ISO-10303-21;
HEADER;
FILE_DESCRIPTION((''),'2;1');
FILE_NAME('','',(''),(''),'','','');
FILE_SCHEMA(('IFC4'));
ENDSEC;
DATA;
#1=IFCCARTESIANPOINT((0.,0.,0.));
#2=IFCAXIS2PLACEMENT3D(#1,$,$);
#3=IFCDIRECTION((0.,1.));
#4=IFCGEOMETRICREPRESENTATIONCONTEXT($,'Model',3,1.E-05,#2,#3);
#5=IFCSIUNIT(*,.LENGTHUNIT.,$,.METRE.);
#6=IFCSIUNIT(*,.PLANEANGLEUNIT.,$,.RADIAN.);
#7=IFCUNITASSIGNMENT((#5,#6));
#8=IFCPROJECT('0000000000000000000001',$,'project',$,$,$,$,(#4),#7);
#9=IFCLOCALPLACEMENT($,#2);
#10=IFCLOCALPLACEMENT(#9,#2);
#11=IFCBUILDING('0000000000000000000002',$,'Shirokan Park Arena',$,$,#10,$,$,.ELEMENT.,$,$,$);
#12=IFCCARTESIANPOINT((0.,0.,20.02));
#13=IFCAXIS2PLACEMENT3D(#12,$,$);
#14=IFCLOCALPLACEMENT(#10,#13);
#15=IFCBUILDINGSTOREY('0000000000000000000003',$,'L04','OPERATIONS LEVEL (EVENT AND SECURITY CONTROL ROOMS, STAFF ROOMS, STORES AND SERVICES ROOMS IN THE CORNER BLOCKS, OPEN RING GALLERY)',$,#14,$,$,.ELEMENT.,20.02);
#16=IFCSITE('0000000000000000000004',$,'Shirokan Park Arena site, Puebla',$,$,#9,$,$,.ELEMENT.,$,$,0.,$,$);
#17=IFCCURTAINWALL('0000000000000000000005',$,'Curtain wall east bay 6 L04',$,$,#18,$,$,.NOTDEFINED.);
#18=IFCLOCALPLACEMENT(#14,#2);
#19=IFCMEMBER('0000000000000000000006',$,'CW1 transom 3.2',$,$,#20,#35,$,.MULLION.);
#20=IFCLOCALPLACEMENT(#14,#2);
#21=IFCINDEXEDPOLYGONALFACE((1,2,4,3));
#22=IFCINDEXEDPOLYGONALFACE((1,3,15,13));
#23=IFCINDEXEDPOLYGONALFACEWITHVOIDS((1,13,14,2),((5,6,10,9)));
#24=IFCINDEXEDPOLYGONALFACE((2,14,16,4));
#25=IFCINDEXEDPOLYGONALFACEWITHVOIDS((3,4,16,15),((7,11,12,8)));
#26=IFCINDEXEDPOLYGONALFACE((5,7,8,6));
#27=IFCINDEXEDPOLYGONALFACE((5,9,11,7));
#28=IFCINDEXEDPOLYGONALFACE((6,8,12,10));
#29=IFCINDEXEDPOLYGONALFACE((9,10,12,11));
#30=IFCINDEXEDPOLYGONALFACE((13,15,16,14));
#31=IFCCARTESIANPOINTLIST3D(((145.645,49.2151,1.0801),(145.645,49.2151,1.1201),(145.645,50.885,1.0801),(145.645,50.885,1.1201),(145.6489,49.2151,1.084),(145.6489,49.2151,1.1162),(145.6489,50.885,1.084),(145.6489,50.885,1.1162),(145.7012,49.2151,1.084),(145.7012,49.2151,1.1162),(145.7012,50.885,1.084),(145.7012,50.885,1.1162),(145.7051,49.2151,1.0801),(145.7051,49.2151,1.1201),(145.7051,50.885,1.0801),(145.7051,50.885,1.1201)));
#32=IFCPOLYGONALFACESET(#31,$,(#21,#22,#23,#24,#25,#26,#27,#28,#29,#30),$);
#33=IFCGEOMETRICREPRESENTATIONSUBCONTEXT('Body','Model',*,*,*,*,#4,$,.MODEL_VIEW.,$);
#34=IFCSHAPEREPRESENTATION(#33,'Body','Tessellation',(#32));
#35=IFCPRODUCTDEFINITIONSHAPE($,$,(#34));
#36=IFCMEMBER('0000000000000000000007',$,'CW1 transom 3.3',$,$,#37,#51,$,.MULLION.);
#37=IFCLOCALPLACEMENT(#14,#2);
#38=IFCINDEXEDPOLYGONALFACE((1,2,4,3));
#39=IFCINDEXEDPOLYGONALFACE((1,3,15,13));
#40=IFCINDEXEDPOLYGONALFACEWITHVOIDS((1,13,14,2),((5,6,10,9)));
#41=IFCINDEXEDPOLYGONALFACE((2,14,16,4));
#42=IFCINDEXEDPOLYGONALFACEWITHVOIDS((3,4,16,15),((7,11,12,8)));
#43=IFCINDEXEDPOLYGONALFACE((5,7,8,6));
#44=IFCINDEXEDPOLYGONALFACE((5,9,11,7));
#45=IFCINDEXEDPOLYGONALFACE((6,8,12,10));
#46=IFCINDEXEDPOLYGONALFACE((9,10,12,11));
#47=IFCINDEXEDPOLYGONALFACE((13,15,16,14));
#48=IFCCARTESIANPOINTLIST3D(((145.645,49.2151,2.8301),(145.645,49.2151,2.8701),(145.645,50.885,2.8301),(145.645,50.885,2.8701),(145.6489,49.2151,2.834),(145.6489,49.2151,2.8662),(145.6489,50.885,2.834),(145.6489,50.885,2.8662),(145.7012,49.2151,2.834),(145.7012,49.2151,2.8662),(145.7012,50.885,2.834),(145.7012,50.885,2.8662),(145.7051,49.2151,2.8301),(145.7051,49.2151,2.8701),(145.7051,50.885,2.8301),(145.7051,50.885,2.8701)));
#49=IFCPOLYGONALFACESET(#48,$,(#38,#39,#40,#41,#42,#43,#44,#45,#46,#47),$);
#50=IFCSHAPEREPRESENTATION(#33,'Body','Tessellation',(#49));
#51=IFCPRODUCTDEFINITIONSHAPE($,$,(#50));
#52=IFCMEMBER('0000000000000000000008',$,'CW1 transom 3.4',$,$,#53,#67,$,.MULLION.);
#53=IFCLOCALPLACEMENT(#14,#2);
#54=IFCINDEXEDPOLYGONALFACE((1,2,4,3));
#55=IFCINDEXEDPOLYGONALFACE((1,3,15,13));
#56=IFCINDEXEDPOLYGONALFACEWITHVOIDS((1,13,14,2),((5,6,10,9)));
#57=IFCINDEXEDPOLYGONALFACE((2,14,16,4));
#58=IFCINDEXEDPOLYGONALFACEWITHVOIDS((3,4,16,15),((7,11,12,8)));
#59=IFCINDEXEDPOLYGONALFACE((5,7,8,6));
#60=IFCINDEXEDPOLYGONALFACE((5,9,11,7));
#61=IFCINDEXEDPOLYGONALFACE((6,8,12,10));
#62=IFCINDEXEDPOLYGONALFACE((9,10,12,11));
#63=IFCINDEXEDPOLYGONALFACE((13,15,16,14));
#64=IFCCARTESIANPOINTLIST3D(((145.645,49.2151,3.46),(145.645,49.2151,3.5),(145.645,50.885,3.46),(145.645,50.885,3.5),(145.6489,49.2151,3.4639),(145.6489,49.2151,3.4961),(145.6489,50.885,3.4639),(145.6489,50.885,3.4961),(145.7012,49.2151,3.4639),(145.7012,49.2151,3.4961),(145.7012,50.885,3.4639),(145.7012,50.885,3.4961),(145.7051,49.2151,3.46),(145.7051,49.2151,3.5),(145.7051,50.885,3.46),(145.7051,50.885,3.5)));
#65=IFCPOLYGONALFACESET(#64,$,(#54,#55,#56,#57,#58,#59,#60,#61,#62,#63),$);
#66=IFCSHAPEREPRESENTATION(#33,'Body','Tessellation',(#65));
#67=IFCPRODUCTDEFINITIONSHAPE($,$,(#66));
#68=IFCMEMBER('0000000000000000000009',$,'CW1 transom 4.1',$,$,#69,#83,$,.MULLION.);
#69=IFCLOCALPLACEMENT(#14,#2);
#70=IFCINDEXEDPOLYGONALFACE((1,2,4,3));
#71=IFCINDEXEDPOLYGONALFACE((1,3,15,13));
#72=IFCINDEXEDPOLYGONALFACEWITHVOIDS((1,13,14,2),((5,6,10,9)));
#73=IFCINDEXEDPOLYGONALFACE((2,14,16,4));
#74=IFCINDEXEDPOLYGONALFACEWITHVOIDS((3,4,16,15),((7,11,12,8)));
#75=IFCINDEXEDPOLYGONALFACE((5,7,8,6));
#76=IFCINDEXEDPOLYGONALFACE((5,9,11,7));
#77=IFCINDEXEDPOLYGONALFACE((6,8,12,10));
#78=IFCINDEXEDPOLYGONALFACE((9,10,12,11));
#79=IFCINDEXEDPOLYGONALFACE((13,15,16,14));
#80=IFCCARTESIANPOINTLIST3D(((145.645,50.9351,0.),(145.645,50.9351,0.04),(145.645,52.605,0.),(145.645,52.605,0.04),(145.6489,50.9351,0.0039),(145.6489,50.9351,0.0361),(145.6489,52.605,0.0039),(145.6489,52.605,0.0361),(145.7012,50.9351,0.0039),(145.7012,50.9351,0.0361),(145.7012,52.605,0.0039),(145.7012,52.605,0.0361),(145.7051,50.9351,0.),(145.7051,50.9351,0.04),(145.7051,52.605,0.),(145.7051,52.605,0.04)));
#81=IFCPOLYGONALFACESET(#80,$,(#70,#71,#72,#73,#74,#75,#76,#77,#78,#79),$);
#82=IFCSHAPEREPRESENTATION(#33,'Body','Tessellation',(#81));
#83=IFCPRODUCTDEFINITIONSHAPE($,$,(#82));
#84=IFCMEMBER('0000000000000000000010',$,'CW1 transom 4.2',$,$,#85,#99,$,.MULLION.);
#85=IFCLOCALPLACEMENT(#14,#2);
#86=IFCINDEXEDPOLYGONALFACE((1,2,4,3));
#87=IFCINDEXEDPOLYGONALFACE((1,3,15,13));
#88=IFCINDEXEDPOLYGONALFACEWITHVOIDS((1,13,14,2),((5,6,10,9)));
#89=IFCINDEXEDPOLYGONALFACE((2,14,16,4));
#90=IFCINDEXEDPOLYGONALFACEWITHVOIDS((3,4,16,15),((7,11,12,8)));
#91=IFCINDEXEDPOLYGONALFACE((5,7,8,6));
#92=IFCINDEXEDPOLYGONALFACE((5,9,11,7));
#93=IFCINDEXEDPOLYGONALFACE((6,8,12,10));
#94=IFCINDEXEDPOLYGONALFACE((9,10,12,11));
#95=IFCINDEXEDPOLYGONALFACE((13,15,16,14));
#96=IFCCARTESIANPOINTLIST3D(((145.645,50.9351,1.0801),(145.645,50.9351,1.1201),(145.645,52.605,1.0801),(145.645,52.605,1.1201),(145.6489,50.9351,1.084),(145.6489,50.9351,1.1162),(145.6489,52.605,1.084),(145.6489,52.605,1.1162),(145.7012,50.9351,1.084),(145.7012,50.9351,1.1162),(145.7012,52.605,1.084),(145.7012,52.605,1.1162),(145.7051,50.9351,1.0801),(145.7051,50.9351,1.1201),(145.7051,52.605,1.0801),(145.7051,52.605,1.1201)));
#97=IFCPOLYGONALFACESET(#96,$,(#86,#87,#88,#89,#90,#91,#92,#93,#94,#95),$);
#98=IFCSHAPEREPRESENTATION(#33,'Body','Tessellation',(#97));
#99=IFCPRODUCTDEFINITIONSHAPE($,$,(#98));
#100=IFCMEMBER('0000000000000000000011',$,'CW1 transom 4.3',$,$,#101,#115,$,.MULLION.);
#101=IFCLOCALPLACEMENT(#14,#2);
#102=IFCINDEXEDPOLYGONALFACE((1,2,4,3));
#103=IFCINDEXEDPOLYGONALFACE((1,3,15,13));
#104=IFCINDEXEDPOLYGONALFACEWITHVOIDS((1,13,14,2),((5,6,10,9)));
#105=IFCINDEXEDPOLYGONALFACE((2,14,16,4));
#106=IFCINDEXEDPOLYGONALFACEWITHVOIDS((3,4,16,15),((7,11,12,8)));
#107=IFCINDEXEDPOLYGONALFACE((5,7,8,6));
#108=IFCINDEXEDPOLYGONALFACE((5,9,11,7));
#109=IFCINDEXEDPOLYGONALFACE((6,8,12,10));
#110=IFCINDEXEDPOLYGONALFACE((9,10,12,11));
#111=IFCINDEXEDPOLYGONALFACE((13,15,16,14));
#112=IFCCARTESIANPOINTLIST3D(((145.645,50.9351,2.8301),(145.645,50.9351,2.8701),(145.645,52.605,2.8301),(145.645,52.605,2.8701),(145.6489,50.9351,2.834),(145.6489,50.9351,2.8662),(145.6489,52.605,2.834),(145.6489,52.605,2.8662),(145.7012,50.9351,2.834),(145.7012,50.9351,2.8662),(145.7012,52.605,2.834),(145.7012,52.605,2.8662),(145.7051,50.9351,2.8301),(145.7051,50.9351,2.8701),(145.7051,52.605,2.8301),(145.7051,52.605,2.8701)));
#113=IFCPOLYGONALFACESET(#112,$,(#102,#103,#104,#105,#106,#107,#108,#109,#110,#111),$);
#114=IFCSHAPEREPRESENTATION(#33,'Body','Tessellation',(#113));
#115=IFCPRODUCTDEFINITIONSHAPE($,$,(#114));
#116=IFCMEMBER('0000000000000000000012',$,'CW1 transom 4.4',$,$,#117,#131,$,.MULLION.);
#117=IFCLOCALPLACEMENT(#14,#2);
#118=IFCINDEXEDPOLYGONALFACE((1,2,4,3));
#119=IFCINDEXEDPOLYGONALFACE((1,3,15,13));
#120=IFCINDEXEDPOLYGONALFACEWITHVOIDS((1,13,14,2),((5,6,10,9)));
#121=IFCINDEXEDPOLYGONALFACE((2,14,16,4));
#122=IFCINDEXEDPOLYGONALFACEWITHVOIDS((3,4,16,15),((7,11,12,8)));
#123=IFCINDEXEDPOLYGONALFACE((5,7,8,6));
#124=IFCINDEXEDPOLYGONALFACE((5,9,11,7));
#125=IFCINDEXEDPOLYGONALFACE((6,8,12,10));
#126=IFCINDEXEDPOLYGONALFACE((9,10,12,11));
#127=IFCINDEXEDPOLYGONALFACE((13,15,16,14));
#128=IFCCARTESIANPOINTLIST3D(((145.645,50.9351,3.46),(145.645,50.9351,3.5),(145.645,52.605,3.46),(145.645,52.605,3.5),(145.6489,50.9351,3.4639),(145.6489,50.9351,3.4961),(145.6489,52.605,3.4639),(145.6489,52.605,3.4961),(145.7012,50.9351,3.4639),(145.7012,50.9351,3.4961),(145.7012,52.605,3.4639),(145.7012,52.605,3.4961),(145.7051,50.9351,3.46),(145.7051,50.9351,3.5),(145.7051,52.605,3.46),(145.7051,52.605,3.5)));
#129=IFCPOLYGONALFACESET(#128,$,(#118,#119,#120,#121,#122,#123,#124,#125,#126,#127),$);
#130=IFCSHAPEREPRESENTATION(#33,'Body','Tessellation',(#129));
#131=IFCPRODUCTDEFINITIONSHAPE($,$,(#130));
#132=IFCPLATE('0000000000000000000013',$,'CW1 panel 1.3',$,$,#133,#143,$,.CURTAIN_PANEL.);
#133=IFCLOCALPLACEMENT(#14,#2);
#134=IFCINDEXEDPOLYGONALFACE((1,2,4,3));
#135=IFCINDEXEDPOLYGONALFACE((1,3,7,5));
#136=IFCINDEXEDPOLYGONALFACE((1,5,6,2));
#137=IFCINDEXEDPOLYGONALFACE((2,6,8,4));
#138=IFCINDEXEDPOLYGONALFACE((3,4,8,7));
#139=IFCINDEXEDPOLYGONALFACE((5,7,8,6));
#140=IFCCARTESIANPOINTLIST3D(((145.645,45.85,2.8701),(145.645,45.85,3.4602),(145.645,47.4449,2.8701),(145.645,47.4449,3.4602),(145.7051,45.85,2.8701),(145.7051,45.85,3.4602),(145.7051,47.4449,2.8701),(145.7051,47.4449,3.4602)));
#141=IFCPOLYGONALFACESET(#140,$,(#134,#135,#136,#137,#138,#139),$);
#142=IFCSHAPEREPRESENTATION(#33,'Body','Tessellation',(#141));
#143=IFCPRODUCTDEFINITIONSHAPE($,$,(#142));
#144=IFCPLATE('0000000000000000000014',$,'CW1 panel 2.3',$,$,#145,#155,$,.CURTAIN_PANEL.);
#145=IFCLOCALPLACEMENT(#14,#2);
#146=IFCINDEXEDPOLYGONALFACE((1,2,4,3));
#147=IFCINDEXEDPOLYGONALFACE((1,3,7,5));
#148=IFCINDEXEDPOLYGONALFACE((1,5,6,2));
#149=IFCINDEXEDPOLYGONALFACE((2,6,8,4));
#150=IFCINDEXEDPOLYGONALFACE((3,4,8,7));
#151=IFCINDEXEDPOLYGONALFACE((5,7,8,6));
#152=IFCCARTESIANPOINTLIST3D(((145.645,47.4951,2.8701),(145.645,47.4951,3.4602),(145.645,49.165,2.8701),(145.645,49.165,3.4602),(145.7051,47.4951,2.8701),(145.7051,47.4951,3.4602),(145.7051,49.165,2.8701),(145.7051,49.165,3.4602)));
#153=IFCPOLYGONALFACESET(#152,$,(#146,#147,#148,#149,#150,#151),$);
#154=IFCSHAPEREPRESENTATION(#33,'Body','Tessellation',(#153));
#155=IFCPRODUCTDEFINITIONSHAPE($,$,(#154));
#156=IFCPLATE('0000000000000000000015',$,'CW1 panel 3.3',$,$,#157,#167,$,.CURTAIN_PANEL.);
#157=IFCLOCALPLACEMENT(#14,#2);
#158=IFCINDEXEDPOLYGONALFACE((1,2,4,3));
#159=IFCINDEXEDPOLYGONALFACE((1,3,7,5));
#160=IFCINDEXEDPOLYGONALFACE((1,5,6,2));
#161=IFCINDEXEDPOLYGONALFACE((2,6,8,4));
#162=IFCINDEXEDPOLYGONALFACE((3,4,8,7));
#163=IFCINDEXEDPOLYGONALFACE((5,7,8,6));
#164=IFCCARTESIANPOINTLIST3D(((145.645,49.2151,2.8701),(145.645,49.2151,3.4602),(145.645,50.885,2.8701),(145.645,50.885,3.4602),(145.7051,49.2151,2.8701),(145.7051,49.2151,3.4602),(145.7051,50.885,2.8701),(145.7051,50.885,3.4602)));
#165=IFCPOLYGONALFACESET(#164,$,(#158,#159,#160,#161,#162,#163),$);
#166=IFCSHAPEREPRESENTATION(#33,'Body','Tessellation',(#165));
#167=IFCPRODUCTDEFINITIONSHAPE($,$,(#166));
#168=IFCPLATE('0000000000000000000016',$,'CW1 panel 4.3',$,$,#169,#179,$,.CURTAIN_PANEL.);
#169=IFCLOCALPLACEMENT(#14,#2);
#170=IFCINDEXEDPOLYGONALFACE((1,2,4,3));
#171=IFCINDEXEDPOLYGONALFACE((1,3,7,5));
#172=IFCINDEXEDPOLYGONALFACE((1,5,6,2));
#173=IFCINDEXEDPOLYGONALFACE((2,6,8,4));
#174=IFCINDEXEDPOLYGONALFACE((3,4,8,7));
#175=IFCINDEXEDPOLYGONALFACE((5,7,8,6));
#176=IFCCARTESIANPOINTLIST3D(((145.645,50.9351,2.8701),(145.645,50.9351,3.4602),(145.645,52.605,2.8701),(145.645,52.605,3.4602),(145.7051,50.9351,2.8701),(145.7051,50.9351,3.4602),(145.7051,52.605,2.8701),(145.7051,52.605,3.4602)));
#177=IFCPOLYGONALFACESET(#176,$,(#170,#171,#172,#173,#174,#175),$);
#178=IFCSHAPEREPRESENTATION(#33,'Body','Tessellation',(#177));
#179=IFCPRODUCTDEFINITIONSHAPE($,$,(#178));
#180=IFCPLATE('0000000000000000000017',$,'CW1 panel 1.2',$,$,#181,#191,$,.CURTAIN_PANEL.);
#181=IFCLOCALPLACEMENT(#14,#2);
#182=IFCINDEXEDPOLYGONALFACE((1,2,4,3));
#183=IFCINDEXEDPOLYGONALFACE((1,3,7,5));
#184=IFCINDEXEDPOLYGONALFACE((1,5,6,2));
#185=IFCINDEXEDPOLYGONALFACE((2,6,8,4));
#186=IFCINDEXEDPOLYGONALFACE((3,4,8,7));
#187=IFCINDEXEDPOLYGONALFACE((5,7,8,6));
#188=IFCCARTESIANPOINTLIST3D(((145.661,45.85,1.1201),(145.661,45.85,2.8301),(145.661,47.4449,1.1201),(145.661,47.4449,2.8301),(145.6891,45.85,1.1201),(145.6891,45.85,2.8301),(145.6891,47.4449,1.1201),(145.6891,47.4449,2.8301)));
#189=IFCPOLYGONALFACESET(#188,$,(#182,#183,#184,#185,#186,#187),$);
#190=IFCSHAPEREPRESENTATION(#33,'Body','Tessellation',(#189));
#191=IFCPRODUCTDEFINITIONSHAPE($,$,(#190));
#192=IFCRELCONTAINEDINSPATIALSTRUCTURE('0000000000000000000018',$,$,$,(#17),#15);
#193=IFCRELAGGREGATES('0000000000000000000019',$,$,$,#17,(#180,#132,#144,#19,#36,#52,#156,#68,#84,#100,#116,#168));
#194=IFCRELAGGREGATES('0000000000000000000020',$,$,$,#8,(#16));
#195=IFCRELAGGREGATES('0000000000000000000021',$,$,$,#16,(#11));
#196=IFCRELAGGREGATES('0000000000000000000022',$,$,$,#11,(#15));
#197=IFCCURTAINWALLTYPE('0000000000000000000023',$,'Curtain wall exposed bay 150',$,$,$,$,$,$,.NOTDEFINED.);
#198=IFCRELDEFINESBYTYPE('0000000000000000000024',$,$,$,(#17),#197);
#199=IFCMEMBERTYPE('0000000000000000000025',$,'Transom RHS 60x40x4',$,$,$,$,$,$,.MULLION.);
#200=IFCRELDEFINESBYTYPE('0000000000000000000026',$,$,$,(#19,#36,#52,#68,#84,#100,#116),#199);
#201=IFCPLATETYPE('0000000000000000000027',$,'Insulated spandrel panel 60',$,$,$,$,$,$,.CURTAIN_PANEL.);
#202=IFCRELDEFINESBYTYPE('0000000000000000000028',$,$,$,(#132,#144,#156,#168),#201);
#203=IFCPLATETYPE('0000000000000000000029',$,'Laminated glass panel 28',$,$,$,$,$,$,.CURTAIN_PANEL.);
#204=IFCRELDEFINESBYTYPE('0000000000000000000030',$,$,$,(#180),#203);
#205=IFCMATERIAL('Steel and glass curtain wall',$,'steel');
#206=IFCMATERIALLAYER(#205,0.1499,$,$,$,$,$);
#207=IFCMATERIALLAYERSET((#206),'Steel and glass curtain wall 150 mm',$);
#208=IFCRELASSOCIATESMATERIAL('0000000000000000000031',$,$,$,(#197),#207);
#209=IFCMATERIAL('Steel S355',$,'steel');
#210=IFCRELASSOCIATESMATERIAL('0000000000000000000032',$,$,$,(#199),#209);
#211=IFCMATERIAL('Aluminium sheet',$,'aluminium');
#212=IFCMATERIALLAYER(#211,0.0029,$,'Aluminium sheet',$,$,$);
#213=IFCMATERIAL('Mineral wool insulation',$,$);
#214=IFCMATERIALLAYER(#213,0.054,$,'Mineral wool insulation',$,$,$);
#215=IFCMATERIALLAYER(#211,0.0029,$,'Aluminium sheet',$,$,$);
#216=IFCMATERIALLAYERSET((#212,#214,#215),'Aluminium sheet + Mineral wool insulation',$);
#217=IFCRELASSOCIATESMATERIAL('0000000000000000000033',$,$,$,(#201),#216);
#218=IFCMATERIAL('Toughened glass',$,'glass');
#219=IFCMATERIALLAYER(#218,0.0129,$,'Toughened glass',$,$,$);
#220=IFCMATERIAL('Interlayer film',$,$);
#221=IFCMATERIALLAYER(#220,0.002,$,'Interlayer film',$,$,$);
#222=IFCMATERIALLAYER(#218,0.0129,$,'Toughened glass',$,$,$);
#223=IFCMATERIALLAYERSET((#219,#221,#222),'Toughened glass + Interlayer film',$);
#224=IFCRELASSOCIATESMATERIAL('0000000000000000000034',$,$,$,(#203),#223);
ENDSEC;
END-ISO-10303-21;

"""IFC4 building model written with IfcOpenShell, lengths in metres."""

from ifc_helpers import new_model, si_unit, direction, frame, origin, origin_2d, place, context, subcontext, project, spatial, rectangle, hollow_rectangle, extrude, material, layer, layer_set, material_profile, profile_set, type_object, element, aggregate, save


model = new_model("IFC4")

# Units and contexts
model_context = context("Model", 3, precision=1e-05, world=origin(), true_north=direction((0.0, 1.0)))
body_context = subcontext(model_context, "Body", "Model", "MODEL_VIEW")
ifc_project = project(units=[si_unit("LENGTHUNIT", "METRE"), si_unit("PLANEANGLEUNIT", "RADIAN")], contexts=[model_context])

# Site, building, storey
site_placement = place(None, origin())
site = spatial("IfcSite", under=ifc_project, at=site_placement, Name="Shirokan Park Arena site, Puebla", CompositionType="ELEMENT", RefElevation=0.0)
building_placement = place(site_placement, origin())
building = spatial("IfcBuilding", under=site, at=building_placement, Name="Shirokan Park Arena", CompositionType="ELEMENT")
storey_placement = place(building_placement, frame((0.0, 0.0, 20.02)))
storey = spatial("IfcBuildingStorey", under=building, at=storey_placement, Name="L04", Description="OPERATIONS LEVEL (EVENT AND SECURITY CONTROL ROOMS, STAFF ROOMS, STORES AND SERVICES ROOMS IN THE CORNER BLOCKS, OPEN RING GALLERY)", CompositionType="ELEMENT", Elevation=20.02)

# Curtain wall, members, plates
ifc_material_1 = material(Name="Steel and glass curtain wall", Category="steel")
ifc_layer_1 = layer(ifc_material_1, 0.1499)
ifc_layer_set_1 = layer_set([ifc_layer_1], Name="Steel and glass curtain wall 150 mm")
curtain_wall_type = type_object("IfcCurtainWallType", Name="Curtain wall exposed bay 150", PredefinedType="NOTDEFINED", material=ifc_layer_set_1)
curtain_wall_placement = place(storey_placement, origin())
curtain_wall = element("IfcCurtainWall", 1, at=curtain_wall_placement, inside=storey, type_object=curtain_wall_type, Name="Curtain wall east bay 6 L04", PredefinedType="NOTDEFINED")
ifc_material_2 = material(Name="Steel S355", Category="steel")
ifc_material_profile_1 = material_profile(ifc_material_2, hollow_rectangle(XDim=0.0601, YDim=0.04, WallThickness=0.0039, at=origin_2d()), Name="RHS 60x40x4")
ifc_profile_set_1 = profile_set([ifc_material_profile_1], Name="Steel S355")
member_type_1 = type_object("IfcMemberType", Name="Transom RHS 60x40x4", PredefinedType="MULLION", material=ifc_profile_set_1)
member_1_placement = place(storey_placement, frame((145.675, 49.2151, 1.1001), z_axis=(0.0, 1.0, 0.0), x_axis=(-1.0, 0.0, 0.0)))
member_1 = element("IfcMember", 2, at=member_1_placement, type_object=member_type_1, Name="CW1 transom 3.2", PredefinedType="MULLION", context=body_context, shape_type="SweptSolid", body=[
    extrude(hollow_rectangle(XDim=0.0601, YDim=0.04, WallThickness=0.0039, at=origin_2d()), origin(), (0.0, 0.0, 1.0), 1.6699),
])
member_2_placement = place(storey_placement, frame((145.675, 49.2151, 2.8501), z_axis=(0.0, 1.0, 0.0), x_axis=(-1.0, 0.0, 0.0)))
member_2 = element("IfcMember", 3, at=member_2_placement, type_object=member_type_1, Name="CW1 transom 3.3", PredefinedType="MULLION", context=body_context, shape_type="SweptSolid", body=[
    extrude(hollow_rectangle(XDim=0.0601, YDim=0.04, WallThickness=0.0039, at=origin_2d()), origin(), (0.0, 0.0, 1.0), 1.6699),
])
member_3_placement = place(storey_placement, frame((145.675, 49.2151, 3.48), z_axis=(0.0, 1.0, 0.0), x_axis=(-1.0, 0.0, 0.0)))
member_3 = element("IfcMember", 4, at=member_3_placement, type_object=member_type_1, Name="CW1 transom 3.4", PredefinedType="MULLION", context=body_context, shape_type="SweptSolid", body=[
    extrude(hollow_rectangle(XDim=0.0601, YDim=0.04, WallThickness=0.0039, at=origin_2d()), origin(), (0.0, 0.0, 1.0), 1.6699),
])
member_4_placement = place(storey_placement, frame((145.675, 50.9351, 0.02), z_axis=(0.0, 1.0, 0.0), x_axis=(-1.0, 0.0, 0.0)))
member_4 = element("IfcMember", 5, at=member_4_placement, type_object=member_type_1, Name="CW1 transom 4.1", PredefinedType="MULLION", context=body_context, shape_type="SweptSolid", body=[
    extrude(hollow_rectangle(XDim=0.0601, YDim=0.04, WallThickness=0.0039, at=origin_2d()), origin(), (0.0, 0.0, 1.0), 1.6699),
])
member_5_placement = place(storey_placement, frame((145.675, 50.9351, 1.1001), z_axis=(0.0, 1.0, 0.0), x_axis=(-1.0, 0.0, 0.0)))
member_5 = element("IfcMember", 6, at=member_5_placement, type_object=member_type_1, Name="CW1 transom 4.2", PredefinedType="MULLION", context=body_context, shape_type="SweptSolid", body=[
    extrude(hollow_rectangle(XDim=0.0601, YDim=0.04, WallThickness=0.0039, at=origin_2d()), origin(), (0.0, 0.0, 1.0), 1.6699),
])
member_6_placement = place(storey_placement, frame((145.675, 50.9351, 2.8501), z_axis=(0.0, 1.0, 0.0), x_axis=(-1.0, 0.0, 0.0)))
member_6 = element("IfcMember", 7, at=member_6_placement, type_object=member_type_1, Name="CW1 transom 4.3", PredefinedType="MULLION", context=body_context, shape_type="SweptSolid", body=[
    extrude(hollow_rectangle(XDim=0.0601, YDim=0.04, WallThickness=0.0039, at=origin_2d()), origin(), (0.0, 0.0, 1.0), 1.6699),
])
member_7_placement = place(storey_placement, frame((145.675, 50.9351, 3.48), z_axis=(0.0, 1.0, 0.0), x_axis=(-1.0, 0.0, 0.0)))
member_7 = element("IfcMember", 8, at=member_7_placement, type_object=member_type_1, Name="CW1 transom 4.4", PredefinedType="MULLION", context=body_context, shape_type="SweptSolid", body=[
    extrude(hollow_rectangle(XDim=0.0601, YDim=0.04, WallThickness=0.0039, at=origin_2d()), origin(), (0.0, 0.0, 1.0), 1.6699),
])
ifc_material_3 = material(Name="Aluminium sheet", Category="aluminium")
ifc_layer_2 = layer(ifc_material_3, 0.0029, Name="Aluminium sheet")
ifc_material_4 = material(Name="Mineral wool insulation")
ifc_layer_3 = layer(ifc_material_4, 0.054, Name="Mineral wool insulation")
ifc_layer_4 = layer(ifc_material_3, 0.0029, Name="Aluminium sheet")
ifc_layer_set_2 = layer_set([ifc_layer_2, ifc_layer_3, ifc_layer_4], Name="Aluminium sheet + Mineral wool insulation")
plate_type_1 = type_object("IfcPlateType", Name="Insulated spandrel panel 60", PredefinedType="CURTAIN_PANEL", material=ifc_layer_set_2)
plate_1_placement = place(storey_placement, frame((145.675, 46.6475, 2.8701), z_axis=(0.0, 0.0, 1.0), x_axis=(0.0, 1.0, 0.0)))
plate_1 = element("IfcPlate", 9, at=plate_1_placement, type_object=plate_type_1, Name="CW1 panel 1.3", PredefinedType="CURTAIN_PANEL", context=body_context, shape_type="SweptSolid", body=[
    extrude(rectangle(XDim=1.595, YDim=0.0601, at=origin_2d()), origin(), (0.0, 0.0, 1.0), 0.5901),
])
plate_2_placement = place(storey_placement, frame((145.675, 48.3301, 2.8701), z_axis=(0.0, 0.0, 1.0), x_axis=(0.0, 1.0, 0.0)))
plate_2 = element("IfcPlate", 10, at=plate_2_placement, type_object=plate_type_1, Name="CW1 panel 2.3", PredefinedType="CURTAIN_PANEL", context=body_context, shape_type="SweptSolid", body=[
    extrude(rectangle(XDim=1.6699, YDim=0.0601, at=origin_2d()), origin(), (0.0, 0.0, 1.0), 0.5901),
])
plate_3_placement = place(storey_placement, frame((145.675, 50.05, 2.8701), z_axis=(0.0, 0.0, 1.0), x_axis=(0.0, 1.0, 0.0)))
plate_3 = element("IfcPlate", 11, at=plate_3_placement, type_object=plate_type_1, Name="CW1 panel 3.3", PredefinedType="CURTAIN_PANEL", context=body_context, shape_type="SweptSolid", body=[
    extrude(rectangle(XDim=1.6699, YDim=0.0601, at=origin_2d()), origin(), (0.0, 0.0, 1.0), 0.5901),
])
plate_4_placement = place(storey_placement, frame((145.675, 51.77, 2.8701), z_axis=(0.0, 0.0, 1.0), x_axis=(0.0, 1.0, 0.0)))
plate_4 = element("IfcPlate", 12, at=plate_4_placement, type_object=plate_type_1, Name="CW1 panel 4.3", PredefinedType="CURTAIN_PANEL", context=body_context, shape_type="SweptSolid", body=[
    extrude(rectangle(XDim=1.6699, YDim=0.0601, at=origin_2d()), origin(), (0.0, 0.0, 1.0), 0.5901),
])
ifc_material_5 = material(Name="Toughened glass", Category="glass")
ifc_layer_5 = layer(ifc_material_5, 0.0129, Name="Toughened glass")
ifc_material_6 = material(Name="Interlayer film")
ifc_layer_6 = layer(ifc_material_6, 0.002, Name="Interlayer film")
ifc_layer_7 = layer(ifc_material_5, 0.0129, Name="Toughened glass")
ifc_layer_set_3 = layer_set([ifc_layer_5, ifc_layer_6, ifc_layer_7], Name="Toughened glass + Interlayer film")
plate_type_2 = type_object("IfcPlateType", Name="Laminated glass panel 28", PredefinedType="CURTAIN_PANEL", material=ifc_layer_set_3)
plate_5_placement = place(storey_placement, frame((145.675, 46.6475, 1.1201), z_axis=(0.0, 0.0, 1.0), x_axis=(0.0, 1.0, 0.0)))
plate_5 = element("IfcPlate", 13, at=plate_5_placement, type_object=plate_type_2, Name="CW1 panel 1.2", PredefinedType="CURTAIN_PANEL", context=body_context, shape_type="SweptSolid", body=[
    extrude(rectangle(XDim=1.595, YDim=0.0281, at=origin_2d()), origin(), (0.0, 0.0, 1.0), 1.71),
])
aggregate(curtain_wall, [plate_5, plate_1, plate_2, member_1, member_2, member_3, plate_3, member_4, member_5, member_6, member_7, plate_4])

save(model, "model.ifc")
